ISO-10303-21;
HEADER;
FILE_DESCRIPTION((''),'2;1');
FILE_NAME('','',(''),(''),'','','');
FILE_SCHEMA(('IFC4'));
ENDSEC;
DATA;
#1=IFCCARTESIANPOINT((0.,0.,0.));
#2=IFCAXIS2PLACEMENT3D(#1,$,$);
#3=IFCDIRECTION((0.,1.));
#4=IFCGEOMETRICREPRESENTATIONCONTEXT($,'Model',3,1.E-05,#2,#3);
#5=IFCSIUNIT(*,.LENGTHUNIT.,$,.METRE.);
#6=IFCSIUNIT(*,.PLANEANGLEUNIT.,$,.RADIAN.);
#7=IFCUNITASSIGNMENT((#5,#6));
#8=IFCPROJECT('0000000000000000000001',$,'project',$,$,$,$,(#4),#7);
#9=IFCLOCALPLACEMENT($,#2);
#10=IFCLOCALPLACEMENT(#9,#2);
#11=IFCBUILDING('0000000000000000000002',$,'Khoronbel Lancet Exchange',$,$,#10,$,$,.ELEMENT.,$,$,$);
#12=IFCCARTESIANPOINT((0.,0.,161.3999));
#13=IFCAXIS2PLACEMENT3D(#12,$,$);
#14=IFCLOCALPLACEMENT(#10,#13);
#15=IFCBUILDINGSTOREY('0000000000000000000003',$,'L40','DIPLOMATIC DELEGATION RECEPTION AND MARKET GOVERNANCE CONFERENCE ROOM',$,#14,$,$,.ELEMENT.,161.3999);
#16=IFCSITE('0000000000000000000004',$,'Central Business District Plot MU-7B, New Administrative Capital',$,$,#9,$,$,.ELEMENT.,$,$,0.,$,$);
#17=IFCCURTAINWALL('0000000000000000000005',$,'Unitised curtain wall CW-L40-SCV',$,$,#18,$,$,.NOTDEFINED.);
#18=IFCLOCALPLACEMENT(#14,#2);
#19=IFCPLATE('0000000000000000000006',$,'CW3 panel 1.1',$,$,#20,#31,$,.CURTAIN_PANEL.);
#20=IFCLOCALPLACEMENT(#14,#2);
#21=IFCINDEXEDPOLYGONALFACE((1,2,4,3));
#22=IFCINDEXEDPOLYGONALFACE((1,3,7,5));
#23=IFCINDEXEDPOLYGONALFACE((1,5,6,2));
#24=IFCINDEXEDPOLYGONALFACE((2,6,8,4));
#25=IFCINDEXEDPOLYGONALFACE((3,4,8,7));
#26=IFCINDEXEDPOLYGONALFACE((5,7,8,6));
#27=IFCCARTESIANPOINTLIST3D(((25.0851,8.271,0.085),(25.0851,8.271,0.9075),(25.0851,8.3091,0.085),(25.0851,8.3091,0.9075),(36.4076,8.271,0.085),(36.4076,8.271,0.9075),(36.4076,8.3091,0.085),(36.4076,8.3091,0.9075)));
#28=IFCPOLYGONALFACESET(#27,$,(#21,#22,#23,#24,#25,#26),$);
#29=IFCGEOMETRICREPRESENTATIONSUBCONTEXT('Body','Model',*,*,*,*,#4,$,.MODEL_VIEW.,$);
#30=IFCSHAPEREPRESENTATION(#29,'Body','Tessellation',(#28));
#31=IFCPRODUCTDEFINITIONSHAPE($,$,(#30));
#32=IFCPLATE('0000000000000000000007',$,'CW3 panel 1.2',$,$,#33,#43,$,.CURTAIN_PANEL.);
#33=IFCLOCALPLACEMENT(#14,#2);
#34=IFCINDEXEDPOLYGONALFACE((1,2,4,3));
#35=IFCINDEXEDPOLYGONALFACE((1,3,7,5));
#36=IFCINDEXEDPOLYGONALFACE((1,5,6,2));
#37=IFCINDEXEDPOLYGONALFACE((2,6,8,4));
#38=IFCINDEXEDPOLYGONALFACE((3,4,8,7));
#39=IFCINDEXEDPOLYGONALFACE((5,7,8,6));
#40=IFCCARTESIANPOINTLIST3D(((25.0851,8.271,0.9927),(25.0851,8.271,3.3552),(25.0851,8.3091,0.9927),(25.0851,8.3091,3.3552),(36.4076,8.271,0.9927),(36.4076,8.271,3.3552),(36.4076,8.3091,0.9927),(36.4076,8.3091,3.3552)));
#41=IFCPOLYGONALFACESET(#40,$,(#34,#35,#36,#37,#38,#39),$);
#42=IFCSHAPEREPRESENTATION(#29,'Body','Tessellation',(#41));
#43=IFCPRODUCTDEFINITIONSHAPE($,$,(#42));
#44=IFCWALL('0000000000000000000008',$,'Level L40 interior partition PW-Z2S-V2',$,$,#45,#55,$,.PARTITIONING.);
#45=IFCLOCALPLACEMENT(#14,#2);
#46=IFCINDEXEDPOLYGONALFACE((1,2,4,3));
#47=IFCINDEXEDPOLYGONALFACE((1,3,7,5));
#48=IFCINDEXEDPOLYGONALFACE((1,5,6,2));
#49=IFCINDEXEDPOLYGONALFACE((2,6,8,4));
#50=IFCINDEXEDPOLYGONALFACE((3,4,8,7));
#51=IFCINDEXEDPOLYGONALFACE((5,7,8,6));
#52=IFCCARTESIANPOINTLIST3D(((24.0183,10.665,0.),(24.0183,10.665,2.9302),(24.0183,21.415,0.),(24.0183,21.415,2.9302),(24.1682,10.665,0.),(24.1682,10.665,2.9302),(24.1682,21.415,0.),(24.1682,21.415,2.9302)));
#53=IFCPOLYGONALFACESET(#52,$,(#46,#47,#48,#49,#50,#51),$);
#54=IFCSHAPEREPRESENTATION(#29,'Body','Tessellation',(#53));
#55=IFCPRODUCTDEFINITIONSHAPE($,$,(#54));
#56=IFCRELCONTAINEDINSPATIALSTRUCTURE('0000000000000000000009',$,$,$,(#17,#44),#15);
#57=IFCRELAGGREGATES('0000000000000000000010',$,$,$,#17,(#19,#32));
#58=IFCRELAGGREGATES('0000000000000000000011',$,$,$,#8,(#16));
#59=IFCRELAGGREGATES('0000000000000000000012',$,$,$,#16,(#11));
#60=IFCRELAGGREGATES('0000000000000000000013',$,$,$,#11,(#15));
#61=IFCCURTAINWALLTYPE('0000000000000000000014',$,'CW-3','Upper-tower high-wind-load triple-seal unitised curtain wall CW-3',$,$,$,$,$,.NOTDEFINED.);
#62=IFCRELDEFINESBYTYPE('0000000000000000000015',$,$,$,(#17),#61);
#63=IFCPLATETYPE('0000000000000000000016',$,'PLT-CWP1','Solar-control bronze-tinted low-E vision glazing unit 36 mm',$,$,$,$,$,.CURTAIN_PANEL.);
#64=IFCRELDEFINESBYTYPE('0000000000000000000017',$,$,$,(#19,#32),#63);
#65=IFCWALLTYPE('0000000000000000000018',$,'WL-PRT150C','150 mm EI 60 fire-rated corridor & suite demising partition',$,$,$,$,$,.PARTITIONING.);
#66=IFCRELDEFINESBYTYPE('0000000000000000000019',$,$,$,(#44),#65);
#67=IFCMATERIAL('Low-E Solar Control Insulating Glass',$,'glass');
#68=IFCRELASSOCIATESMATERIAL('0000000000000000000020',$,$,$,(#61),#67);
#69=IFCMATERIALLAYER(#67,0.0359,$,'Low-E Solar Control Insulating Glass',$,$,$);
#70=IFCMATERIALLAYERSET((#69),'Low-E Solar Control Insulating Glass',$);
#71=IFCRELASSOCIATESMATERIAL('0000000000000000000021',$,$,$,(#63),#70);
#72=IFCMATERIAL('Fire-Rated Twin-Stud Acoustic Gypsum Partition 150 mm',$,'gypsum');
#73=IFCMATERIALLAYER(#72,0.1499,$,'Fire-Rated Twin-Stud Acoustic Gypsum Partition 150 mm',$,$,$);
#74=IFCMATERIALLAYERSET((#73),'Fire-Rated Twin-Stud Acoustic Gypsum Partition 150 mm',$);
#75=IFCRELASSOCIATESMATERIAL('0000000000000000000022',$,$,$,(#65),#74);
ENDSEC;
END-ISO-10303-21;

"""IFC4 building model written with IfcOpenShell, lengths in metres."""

from ifc_helpers import new_model, si_unit, direction, frame, frame_2d, origin, origin_2d, place, context, subcontext, project, spatial, rectangle, extrude, material, layer, layer_set, type_object, element, aggregate, save


model = new_model("IFC4")

# Units and contexts
model_context = context("Model", 3, precision=1e-05, world=origin(), true_north=direction((0.0, 1.0)))
body_context = subcontext(model_context, "Body", "Model", "MODEL_VIEW")
ifc_project = project(units=[si_unit("LENGTHUNIT", "METRE"), si_unit("PLANEANGLEUNIT", "RADIAN")], contexts=[model_context])

# Site, building, storey
site_placement = place(None, origin())
site = spatial("IfcSite", under=ifc_project, at=site_placement, Name="Central Business District Plot MU-7B, New Administrative Capital", CompositionType="ELEMENT", RefElevation=0.0)
building_placement = place(site_placement, origin())
building = spatial("IfcBuilding", under=site, at=building_placement, Name="Khoronbel Lancet Exchange", CompositionType="ELEMENT")
storey_placement = place(building_placement, frame((0.0, 0.0, 161.3999)))
storey = spatial("IfcBuildingStorey", under=building, at=storey_placement, Name="L40", Description="DIPLOMATIC DELEGATION RECEPTION AND MARKET GOVERNANCE CONFERENCE ROOM", CompositionType="ELEMENT", Elevation=161.3999)

# Curtain wall
ifc_material_1 = material(Name="Low-E Solar Control Insulating Glass", Category="glass")
curtain_wall_type = type_object("IfcCurtainWallType", Name="CW-3", Description="Upper-tower high-wind-load triple-seal unitised curtain wall CW-3", PredefinedType="NOTDEFINED", material=ifc_material_1)
curtain_wall_1_placement = place(storey_placement, origin())
curtain_wall_1 = element("IfcCurtainWall", 1, at=curtain_wall_1_placement, inside=storey, type_object=curtain_wall_type, Name="Unitised curtain wall CW-L40-SCV", PredefinedType="NOTDEFINED")

# Plates
ifc_layer_1 = layer(ifc_material_1, 0.0359, Name="Low-E Solar Control Insulating Glass")
ifc_layer_set_1 = layer_set([ifc_layer_1], Name="Low-E Solar Control Insulating Glass")
plate_type_1 = type_object("IfcPlateType", Name="PLT-CWP1", Description="Solar-control bronze-tinted low-E vision glazing unit 36 mm", PredefinedType="CURTAIN_PANEL", material=ifc_layer_set_1)
plate_1_placement = place(storey_placement, frame((30.7463, 8.29, 0.085), z_axis=(0.0, 0.0, 1.0), x_axis=(1.0, 0.0, 0.0)))
plate_1 = element("IfcPlate", 2, at=plate_1_placement, type_object=plate_type_1, Name="CW3 panel 1.1", PredefinedType="CURTAIN_PANEL", context=body_context, shape_type="SweptSolid", body=[
    extrude(rectangle(XDim=11.3225, YDim=0.0381, at=origin_2d()), origin(), (0.0, 0.0, 1.0), 0.8225),
])
plate_2_placement = place(storey_placement, frame((30.7463, 8.29, 0.9927), z_axis=(0.0, 0.0, 1.0), x_axis=(1.0, 0.0, 0.0)))
plate_2 = element("IfcPlate", 3, at=plate_2_placement, type_object=plate_type_1, Name="CW3 panel 1.2", PredefinedType="CURTAIN_PANEL", context=body_context, shape_type="SweptSolid", body=[
    extrude(rectangle(XDim=11.3225, YDim=0.0381, at=origin_2d()), origin(), (0.0, 0.0, 1.0), 2.3625),
])
aggregate(curtain_wall_1, [plate_1, plate_2])

# Wall
ifc_material_2 = material(Name="Fire-Rated Twin-Stud Acoustic Gypsum Partition 150 mm", Category="gypsum")
ifc_layer_2 = layer(ifc_material_2, 0.1499, Name="Fire-Rated Twin-Stud Acoustic Gypsum Partition 150 mm")
ifc_layer_set_2 = layer_set([ifc_layer_2], Name="Fire-Rated Twin-Stud Acoustic Gypsum Partition 150 mm")
wall_type = type_object("IfcWallType", Name="WL-PRT150C", Description="150 mm EI 60 fire-rated corridor & suite demising partition", PredefinedType="PARTITIONING", material=ifc_layer_set_2)
wall_placement = place(storey_placement, frame((24.0933, 10.665, 0.0), z_axis=(0.0, 0.0, 1.0), x_axis=(0.0, 1.0, 0.0)))
element("IfcWall", 4, at=wall_placement, inside=storey, type_object=wall_type, Name="Level L40 interior partition PW-Z2S-V2", PredefinedType="PARTITIONING", context=body_context, shape_type="SweptSolid", body=[
    extrude(rectangle(XDim=10.75, YDim=0.1499, at=frame_2d((5.375, 0.0))), origin(), (0.0, 0.0, 1.0), 2.9302),
])

save(model, "model.ifc")
